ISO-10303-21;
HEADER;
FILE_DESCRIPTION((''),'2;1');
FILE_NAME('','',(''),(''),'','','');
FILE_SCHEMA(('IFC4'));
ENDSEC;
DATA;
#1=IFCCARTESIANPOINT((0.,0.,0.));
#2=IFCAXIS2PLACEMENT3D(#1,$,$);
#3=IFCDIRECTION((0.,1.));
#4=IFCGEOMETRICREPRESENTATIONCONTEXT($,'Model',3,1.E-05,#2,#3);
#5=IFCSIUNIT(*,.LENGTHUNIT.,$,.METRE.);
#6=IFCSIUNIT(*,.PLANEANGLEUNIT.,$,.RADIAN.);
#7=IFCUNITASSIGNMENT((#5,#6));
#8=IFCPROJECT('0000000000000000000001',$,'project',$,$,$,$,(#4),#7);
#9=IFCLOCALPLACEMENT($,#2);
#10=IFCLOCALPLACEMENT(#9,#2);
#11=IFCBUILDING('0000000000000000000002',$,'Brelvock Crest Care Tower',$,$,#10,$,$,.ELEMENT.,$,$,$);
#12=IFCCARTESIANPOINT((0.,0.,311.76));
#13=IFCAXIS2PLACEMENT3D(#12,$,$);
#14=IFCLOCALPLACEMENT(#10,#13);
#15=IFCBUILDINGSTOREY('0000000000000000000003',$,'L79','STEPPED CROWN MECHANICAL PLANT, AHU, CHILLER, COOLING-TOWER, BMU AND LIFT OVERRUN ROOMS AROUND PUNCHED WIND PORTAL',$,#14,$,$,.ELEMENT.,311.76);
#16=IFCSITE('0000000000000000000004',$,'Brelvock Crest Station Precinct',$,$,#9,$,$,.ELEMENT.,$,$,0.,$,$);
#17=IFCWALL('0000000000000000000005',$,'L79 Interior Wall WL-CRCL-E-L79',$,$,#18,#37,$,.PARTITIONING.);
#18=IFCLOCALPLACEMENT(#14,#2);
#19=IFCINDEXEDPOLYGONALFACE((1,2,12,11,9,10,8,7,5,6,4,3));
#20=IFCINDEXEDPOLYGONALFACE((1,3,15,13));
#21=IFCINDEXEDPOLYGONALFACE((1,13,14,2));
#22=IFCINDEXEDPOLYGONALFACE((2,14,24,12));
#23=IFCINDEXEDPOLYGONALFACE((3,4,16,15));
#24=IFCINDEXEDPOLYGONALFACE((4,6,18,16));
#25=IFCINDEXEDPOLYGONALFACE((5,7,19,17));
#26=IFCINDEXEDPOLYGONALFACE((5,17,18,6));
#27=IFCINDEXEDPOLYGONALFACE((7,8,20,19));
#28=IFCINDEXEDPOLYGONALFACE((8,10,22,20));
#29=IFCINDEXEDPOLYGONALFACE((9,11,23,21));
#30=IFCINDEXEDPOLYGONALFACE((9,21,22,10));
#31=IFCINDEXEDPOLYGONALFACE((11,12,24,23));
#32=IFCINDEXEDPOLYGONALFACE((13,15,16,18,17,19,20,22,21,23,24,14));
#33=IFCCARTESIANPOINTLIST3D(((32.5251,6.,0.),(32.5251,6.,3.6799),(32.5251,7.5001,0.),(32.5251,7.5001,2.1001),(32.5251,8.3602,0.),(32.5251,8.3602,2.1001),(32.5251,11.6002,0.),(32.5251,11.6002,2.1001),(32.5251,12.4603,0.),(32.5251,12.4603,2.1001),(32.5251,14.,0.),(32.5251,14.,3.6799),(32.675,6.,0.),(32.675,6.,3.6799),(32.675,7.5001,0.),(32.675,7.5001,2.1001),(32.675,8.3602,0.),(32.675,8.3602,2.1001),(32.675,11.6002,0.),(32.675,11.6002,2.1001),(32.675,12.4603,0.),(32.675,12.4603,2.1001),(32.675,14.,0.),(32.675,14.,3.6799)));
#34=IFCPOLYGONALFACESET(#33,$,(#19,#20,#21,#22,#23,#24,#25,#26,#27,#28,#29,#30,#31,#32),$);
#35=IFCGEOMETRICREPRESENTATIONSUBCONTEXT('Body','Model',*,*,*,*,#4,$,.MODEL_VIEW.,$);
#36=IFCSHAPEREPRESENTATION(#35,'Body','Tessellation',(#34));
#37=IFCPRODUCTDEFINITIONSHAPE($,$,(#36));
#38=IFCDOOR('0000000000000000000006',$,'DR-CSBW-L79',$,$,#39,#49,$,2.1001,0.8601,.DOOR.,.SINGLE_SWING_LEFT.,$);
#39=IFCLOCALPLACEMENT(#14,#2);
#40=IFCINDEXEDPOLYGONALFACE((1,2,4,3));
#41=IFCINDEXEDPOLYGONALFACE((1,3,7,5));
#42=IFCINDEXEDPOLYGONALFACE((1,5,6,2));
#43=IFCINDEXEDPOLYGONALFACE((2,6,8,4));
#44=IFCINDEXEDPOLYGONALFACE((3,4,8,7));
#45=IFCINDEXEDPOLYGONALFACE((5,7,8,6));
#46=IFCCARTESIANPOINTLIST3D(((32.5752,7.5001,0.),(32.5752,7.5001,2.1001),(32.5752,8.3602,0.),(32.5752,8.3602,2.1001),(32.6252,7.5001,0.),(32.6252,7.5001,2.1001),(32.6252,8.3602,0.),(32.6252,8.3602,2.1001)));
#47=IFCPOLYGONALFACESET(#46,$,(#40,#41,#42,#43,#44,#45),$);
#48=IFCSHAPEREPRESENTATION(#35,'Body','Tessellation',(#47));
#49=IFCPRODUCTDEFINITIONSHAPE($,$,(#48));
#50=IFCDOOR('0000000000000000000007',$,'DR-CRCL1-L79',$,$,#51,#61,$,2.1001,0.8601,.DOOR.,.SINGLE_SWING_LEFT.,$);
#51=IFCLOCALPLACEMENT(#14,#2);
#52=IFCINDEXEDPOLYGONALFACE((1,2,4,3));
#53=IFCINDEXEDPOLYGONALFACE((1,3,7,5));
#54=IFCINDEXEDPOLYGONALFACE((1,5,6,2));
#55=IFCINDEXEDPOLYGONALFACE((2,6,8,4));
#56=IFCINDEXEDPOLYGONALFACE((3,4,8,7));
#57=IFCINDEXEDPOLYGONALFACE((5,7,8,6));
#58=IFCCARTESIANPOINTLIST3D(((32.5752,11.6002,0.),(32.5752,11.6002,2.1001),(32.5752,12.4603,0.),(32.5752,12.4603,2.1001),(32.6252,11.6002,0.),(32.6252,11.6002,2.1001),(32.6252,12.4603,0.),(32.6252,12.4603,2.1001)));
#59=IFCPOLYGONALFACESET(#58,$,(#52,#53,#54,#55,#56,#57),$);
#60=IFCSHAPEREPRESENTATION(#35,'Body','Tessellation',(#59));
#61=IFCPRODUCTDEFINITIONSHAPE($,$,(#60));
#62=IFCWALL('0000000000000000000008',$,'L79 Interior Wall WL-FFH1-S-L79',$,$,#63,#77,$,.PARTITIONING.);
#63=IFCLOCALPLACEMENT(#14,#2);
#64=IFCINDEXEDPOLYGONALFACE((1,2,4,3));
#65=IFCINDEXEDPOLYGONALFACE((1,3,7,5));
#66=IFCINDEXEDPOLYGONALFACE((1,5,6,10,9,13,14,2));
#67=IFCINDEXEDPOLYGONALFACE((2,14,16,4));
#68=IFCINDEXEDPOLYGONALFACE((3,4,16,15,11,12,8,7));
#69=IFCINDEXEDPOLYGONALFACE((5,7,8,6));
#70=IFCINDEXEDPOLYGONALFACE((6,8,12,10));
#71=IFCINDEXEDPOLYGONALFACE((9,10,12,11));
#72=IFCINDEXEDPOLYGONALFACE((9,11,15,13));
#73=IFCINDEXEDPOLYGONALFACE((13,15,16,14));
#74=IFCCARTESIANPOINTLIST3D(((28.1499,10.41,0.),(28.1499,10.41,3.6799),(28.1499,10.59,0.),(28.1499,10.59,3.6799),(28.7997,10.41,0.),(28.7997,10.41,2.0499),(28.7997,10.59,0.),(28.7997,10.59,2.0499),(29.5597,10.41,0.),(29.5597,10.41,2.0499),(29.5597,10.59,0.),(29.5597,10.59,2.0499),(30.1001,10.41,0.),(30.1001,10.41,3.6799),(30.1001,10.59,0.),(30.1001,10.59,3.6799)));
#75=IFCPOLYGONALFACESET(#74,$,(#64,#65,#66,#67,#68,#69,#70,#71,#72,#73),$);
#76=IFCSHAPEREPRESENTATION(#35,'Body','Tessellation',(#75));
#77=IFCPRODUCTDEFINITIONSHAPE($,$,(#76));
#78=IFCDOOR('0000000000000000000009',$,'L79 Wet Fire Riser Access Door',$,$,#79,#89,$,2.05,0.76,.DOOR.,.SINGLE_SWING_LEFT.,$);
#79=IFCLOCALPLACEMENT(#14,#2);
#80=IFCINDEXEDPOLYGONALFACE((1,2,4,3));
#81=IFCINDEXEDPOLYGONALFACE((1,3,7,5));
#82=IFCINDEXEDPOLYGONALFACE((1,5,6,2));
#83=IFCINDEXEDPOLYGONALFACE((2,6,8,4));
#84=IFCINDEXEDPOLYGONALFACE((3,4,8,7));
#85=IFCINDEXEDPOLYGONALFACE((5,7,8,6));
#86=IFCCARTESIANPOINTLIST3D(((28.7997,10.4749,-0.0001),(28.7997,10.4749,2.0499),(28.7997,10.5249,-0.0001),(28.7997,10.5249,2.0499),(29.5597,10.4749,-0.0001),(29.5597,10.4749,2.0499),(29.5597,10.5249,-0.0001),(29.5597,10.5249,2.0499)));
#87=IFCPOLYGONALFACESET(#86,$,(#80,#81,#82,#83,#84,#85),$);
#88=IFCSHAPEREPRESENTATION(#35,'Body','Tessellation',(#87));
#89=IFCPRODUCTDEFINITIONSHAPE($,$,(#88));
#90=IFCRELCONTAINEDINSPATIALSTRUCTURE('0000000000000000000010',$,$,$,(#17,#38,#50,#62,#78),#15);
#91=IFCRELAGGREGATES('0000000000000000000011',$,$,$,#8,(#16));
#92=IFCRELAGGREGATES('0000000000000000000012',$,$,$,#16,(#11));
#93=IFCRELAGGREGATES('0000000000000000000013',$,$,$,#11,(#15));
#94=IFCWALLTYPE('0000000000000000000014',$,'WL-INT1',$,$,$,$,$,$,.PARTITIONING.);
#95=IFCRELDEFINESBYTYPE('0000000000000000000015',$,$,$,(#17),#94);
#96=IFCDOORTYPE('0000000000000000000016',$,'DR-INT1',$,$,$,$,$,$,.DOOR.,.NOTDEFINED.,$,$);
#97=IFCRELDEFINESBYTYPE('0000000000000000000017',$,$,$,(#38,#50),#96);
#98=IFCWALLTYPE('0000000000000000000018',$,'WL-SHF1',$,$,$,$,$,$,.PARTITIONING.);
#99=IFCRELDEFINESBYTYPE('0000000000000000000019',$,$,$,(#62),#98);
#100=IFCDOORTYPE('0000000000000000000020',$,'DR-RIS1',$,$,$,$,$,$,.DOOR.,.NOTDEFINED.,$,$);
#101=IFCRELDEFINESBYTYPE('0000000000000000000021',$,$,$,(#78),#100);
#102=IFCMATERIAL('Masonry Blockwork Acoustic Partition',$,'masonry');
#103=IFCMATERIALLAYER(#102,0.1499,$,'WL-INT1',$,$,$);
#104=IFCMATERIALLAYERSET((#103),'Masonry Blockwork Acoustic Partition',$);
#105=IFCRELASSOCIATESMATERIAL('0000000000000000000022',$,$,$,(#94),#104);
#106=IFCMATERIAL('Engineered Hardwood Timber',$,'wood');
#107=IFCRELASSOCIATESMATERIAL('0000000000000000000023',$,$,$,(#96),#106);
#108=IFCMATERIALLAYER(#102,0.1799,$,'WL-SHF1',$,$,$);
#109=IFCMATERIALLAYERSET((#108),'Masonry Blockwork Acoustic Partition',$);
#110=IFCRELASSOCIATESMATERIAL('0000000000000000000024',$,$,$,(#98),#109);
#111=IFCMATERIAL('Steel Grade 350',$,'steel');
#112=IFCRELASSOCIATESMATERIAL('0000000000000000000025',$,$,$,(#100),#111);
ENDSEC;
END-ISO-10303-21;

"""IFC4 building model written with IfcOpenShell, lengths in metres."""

from ifc_helpers import new_model, si_unit, direction, frame, frame_2d, origin, origin_2d, place, context, subcontext, project, spatial, rectangle, extrude, source, transform, mapped, material, layer, layer_set, type_object, element, fill, save


model = new_model("IFC4")

# Units and contexts
model_context = context("Model", 3, precision=1e-05, world=origin(), true_north=direction((0.0, 1.0)))
body_context = subcontext(model_context, "Body", "Model", "MODEL_VIEW")
ifc_project = project(units=[si_unit("LENGTHUNIT", "METRE"), si_unit("PLANEANGLEUNIT", "RADIAN")], contexts=[model_context])

# Site, building, storey
site_placement = place(None, origin())
site = spatial("IfcSite", under=ifc_project, at=site_placement, Name="Brelvock Crest Station Precinct", CompositionType="ELEMENT", RefElevation=0.0)
building_placement = place(site_placement, origin())
building = spatial("IfcBuilding", under=site, at=building_placement, Name="Brelvock Crest Care Tower", CompositionType="ELEMENT")
storey_placement = place(building_placement, frame((0.0, 0.0, 311.76)))
storey = spatial("IfcBuildingStorey", under=building, at=storey_placement, Name="L79", Description="STEPPED CROWN MECHANICAL PLANT, AHU, CHILLER, COOLING-TOWER, BMU AND LIFT OVERRUN ROOMS AROUND PUNCHED WIND PORTAL", CompositionType="ELEMENT", Elevation=311.76)

# Shared definitions
ifc_material_1 = material(Name="Steel Grade 350", Category="steel")

# Shared definitions
ifc_material_2 = material(Name="Masonry Blockwork Acoustic Partition", Category="masonry")
ifc_layer_1 = layer(ifc_material_2, 0.1499, Name="WL-INT1")
ifc_layer_set_1 = layer_set([ifc_layer_1], Name="Masonry Blockwork Acoustic Partition")
wall_type_1 = type_object("IfcWallType", Name="WL-INT1", PredefinedType="PARTITIONING", material=ifc_layer_set_1)

# Wall, openings, doors
wall_1_placement = place(storey_placement, frame((32.6001, 6.0, 0.0), z_axis=(0.0, 0.0, 1.0), x_axis=(0.0, 1.0, 0.0)))
wall_1 = element("IfcWall", 1, at=wall_1_placement, inside=storey, type_object=wall_type_1, Name="L79 Interior Wall WL-CRCL-E-L79", PredefinedType="PARTITIONING", context=body_context, shape_type="SweptSolid", body=[
    extrude(rectangle(XDim=8.0, YDim=0.1499, at=frame_2d((4.0, 0.0))), origin(), (0.0, 0.0, 1.0), 3.6799),
])
opening_1_placement = place(wall_1_placement, frame((1.5, 0.0, 0.0)))
opening_1 = element("IfcOpeningElement", 2, at=opening_1_placement, cuts=wall_1, PredefinedType="OPENING", context=body_context, shape_type="SweptSolid", body=[
    extrude(rectangle(XDim=0.8601, YDim=2.1001, at=origin_2d()), frame((0.4302, 0.085, 1.05), z_axis=(0.0, -1.0, 0.0), x_axis=(1.0, 0.0, 0.0)), (0.0, 0.0, 1.0), 0.1699),
])
opening_2_placement = place(wall_1_placement, frame((5.6001, 0.0, 0.0)))
opening_2 = element("IfcOpeningElement", 3, at=opening_2_placement, cuts=wall_1, PredefinedType="OPENING", context=body_context, shape_type="SweptSolid", body=[
    extrude(rectangle(XDim=0.8601, YDim=2.1001, at=origin_2d()), frame((0.4302, 0.085, 1.05), z_axis=(0.0, -1.0, 0.0), x_axis=(1.0, 0.0, 0.0)), (0.0, 0.0, 1.0), 0.1699),
])
ifc_material_3 = material(Name="Engineered Hardwood Timber", Category="wood")
door_type_1 = type_object("IfcDoorType", Name="DR-INT1", OperationType="NOTDEFINED", PredefinedType="DOOR", material=ifc_material_3)
shared_shape_1 = source(origin(), body_context, "Body", "SweptSolid", [
    extrude(rectangle(XDim=0.8601, YDim=2.1001, at=origin_2d()), frame((0.4302, 0.0249, 1.05), z_axis=(0.0, -1.0, 0.0), x_axis=(1.0, 0.0, 0.0)), (0.0, 0.0, 1.0), 0.05),
])
door_1_placement = place(opening_1_placement, origin())
door_1 = element("IfcDoor", 4, at=door_1_placement, inside=storey, type_object=door_type_1, Name="DR-CSBW-L79", OperationType="SINGLE_SWING_LEFT", OverallHeight=2.1001, OverallWidth=0.8601, PredefinedType="DOOR", context=body_context, shape_type="MappedRepresentation", body=[
    mapped(shared_shape_1, transform((0.0, 0.0, 0.0), x_axis=(1.0, 0.0, 0.0), y_axis=(0.0, 1.0, 0.0), z_axis=(0.0, 0.0, 1.0), scale=1.0)),
])
fill(opening_1, door_1)
door_2_placement = place(opening_2_placement, origin())
door_2 = element("IfcDoor", 5, at=door_2_placement, inside=storey, type_object=door_type_1, Name="DR-CRCL1-L79", OperationType="SINGLE_SWING_LEFT", OverallHeight=2.1001, OverallWidth=0.8601, PredefinedType="DOOR", context=body_context, shape_type="MappedRepresentation", body=[
    mapped(shared_shape_1, transform((0.0, 0.0, 0.0), x_axis=(1.0, 0.0, 0.0), y_axis=(0.0, 1.0, 0.0), z_axis=(0.0, 0.0, 1.0), scale=1.0)),
])
fill(opening_2, door_2)

# Wall, opening, door
ifc_layer_2 = layer(ifc_material_2, 0.1799, Name="WL-SHF1")
ifc_layer_set_2 = layer_set([ifc_layer_2], Name="Masonry Blockwork Acoustic Partition")
wall_type_2 = type_object("IfcWallType", Name="WL-SHF1", PredefinedType="PARTITIONING", material=ifc_layer_set_2)
wall_2_placement = place(storey_placement, frame((28.1499, 10.5, 0.0), z_axis=(0.0, 0.0, 1.0), x_axis=(1.0, 0.0, 0.0)))
wall_2 = element("IfcWall", 6, at=wall_2_placement, inside=storey, type_object=wall_type_2, Name="L79 Interior Wall WL-FFH1-S-L79", PredefinedType="PARTITIONING", context=body_context, shape_type="SweptSolid", body=[
    extrude(rectangle(XDim=1.9502, YDim=0.1799, at=frame_2d((0.9751, 0.0))), origin(), (0.0, 0.0, 1.0), 3.6799),
])
opening_3_placement = place(wall_2_placement, frame((0.6499, 0.0, 0.0)))
opening_3 = element("IfcOpeningElement", 7, at=opening_3_placement, cuts=wall_2, PredefinedType="OPENING", context=body_context, shape_type="SweptSolid", body=[
    extrude(rectangle(XDim=0.76, YDim=2.05, at=origin_2d()), frame((0.3799, 0.1001, 1.0249), z_axis=(0.0, -1.0, 0.0), x_axis=(1.0, 0.0, 0.0)), (0.0, 0.0, 1.0), 0.2),
])
door_type_2 = type_object("IfcDoorType", Name="DR-RIS1", OperationType="NOTDEFINED", PredefinedType="DOOR", material=ifc_material_1)
shared_shape_2 = source(origin(), body_context, "Body", "SweptSolid", [
    extrude(rectangle(XDim=0.76, YDim=2.05, at=origin_2d()), frame((0.3799, 0.0249, 1.0249), z_axis=(0.0, -1.0, 0.0), x_axis=(1.0, 0.0, 0.0)), (0.0, 0.0, 1.0), 0.05),
])
door_3_placement = place(opening_3_placement, origin())
door_3 = element("IfcDoor", 8, at=door_3_placement, inside=storey, type_object=door_type_2, Name="L79 Wet Fire Riser Access Door", OperationType="SINGLE_SWING_LEFT", OverallHeight=2.05, OverallWidth=0.76, PredefinedType="DOOR", context=body_context, shape_type="MappedRepresentation", body=[
    mapped(shared_shape_2, transform((0.0, 0.0, 0.0), x_axis=(1.0, 0.0, 0.0), y_axis=(0.0, 1.0, 0.0), z_axis=(0.0, 0.0, 1.0), scale=1.0)),
])
fill(opening_3, door_3)

save(model, "model.ifc")
